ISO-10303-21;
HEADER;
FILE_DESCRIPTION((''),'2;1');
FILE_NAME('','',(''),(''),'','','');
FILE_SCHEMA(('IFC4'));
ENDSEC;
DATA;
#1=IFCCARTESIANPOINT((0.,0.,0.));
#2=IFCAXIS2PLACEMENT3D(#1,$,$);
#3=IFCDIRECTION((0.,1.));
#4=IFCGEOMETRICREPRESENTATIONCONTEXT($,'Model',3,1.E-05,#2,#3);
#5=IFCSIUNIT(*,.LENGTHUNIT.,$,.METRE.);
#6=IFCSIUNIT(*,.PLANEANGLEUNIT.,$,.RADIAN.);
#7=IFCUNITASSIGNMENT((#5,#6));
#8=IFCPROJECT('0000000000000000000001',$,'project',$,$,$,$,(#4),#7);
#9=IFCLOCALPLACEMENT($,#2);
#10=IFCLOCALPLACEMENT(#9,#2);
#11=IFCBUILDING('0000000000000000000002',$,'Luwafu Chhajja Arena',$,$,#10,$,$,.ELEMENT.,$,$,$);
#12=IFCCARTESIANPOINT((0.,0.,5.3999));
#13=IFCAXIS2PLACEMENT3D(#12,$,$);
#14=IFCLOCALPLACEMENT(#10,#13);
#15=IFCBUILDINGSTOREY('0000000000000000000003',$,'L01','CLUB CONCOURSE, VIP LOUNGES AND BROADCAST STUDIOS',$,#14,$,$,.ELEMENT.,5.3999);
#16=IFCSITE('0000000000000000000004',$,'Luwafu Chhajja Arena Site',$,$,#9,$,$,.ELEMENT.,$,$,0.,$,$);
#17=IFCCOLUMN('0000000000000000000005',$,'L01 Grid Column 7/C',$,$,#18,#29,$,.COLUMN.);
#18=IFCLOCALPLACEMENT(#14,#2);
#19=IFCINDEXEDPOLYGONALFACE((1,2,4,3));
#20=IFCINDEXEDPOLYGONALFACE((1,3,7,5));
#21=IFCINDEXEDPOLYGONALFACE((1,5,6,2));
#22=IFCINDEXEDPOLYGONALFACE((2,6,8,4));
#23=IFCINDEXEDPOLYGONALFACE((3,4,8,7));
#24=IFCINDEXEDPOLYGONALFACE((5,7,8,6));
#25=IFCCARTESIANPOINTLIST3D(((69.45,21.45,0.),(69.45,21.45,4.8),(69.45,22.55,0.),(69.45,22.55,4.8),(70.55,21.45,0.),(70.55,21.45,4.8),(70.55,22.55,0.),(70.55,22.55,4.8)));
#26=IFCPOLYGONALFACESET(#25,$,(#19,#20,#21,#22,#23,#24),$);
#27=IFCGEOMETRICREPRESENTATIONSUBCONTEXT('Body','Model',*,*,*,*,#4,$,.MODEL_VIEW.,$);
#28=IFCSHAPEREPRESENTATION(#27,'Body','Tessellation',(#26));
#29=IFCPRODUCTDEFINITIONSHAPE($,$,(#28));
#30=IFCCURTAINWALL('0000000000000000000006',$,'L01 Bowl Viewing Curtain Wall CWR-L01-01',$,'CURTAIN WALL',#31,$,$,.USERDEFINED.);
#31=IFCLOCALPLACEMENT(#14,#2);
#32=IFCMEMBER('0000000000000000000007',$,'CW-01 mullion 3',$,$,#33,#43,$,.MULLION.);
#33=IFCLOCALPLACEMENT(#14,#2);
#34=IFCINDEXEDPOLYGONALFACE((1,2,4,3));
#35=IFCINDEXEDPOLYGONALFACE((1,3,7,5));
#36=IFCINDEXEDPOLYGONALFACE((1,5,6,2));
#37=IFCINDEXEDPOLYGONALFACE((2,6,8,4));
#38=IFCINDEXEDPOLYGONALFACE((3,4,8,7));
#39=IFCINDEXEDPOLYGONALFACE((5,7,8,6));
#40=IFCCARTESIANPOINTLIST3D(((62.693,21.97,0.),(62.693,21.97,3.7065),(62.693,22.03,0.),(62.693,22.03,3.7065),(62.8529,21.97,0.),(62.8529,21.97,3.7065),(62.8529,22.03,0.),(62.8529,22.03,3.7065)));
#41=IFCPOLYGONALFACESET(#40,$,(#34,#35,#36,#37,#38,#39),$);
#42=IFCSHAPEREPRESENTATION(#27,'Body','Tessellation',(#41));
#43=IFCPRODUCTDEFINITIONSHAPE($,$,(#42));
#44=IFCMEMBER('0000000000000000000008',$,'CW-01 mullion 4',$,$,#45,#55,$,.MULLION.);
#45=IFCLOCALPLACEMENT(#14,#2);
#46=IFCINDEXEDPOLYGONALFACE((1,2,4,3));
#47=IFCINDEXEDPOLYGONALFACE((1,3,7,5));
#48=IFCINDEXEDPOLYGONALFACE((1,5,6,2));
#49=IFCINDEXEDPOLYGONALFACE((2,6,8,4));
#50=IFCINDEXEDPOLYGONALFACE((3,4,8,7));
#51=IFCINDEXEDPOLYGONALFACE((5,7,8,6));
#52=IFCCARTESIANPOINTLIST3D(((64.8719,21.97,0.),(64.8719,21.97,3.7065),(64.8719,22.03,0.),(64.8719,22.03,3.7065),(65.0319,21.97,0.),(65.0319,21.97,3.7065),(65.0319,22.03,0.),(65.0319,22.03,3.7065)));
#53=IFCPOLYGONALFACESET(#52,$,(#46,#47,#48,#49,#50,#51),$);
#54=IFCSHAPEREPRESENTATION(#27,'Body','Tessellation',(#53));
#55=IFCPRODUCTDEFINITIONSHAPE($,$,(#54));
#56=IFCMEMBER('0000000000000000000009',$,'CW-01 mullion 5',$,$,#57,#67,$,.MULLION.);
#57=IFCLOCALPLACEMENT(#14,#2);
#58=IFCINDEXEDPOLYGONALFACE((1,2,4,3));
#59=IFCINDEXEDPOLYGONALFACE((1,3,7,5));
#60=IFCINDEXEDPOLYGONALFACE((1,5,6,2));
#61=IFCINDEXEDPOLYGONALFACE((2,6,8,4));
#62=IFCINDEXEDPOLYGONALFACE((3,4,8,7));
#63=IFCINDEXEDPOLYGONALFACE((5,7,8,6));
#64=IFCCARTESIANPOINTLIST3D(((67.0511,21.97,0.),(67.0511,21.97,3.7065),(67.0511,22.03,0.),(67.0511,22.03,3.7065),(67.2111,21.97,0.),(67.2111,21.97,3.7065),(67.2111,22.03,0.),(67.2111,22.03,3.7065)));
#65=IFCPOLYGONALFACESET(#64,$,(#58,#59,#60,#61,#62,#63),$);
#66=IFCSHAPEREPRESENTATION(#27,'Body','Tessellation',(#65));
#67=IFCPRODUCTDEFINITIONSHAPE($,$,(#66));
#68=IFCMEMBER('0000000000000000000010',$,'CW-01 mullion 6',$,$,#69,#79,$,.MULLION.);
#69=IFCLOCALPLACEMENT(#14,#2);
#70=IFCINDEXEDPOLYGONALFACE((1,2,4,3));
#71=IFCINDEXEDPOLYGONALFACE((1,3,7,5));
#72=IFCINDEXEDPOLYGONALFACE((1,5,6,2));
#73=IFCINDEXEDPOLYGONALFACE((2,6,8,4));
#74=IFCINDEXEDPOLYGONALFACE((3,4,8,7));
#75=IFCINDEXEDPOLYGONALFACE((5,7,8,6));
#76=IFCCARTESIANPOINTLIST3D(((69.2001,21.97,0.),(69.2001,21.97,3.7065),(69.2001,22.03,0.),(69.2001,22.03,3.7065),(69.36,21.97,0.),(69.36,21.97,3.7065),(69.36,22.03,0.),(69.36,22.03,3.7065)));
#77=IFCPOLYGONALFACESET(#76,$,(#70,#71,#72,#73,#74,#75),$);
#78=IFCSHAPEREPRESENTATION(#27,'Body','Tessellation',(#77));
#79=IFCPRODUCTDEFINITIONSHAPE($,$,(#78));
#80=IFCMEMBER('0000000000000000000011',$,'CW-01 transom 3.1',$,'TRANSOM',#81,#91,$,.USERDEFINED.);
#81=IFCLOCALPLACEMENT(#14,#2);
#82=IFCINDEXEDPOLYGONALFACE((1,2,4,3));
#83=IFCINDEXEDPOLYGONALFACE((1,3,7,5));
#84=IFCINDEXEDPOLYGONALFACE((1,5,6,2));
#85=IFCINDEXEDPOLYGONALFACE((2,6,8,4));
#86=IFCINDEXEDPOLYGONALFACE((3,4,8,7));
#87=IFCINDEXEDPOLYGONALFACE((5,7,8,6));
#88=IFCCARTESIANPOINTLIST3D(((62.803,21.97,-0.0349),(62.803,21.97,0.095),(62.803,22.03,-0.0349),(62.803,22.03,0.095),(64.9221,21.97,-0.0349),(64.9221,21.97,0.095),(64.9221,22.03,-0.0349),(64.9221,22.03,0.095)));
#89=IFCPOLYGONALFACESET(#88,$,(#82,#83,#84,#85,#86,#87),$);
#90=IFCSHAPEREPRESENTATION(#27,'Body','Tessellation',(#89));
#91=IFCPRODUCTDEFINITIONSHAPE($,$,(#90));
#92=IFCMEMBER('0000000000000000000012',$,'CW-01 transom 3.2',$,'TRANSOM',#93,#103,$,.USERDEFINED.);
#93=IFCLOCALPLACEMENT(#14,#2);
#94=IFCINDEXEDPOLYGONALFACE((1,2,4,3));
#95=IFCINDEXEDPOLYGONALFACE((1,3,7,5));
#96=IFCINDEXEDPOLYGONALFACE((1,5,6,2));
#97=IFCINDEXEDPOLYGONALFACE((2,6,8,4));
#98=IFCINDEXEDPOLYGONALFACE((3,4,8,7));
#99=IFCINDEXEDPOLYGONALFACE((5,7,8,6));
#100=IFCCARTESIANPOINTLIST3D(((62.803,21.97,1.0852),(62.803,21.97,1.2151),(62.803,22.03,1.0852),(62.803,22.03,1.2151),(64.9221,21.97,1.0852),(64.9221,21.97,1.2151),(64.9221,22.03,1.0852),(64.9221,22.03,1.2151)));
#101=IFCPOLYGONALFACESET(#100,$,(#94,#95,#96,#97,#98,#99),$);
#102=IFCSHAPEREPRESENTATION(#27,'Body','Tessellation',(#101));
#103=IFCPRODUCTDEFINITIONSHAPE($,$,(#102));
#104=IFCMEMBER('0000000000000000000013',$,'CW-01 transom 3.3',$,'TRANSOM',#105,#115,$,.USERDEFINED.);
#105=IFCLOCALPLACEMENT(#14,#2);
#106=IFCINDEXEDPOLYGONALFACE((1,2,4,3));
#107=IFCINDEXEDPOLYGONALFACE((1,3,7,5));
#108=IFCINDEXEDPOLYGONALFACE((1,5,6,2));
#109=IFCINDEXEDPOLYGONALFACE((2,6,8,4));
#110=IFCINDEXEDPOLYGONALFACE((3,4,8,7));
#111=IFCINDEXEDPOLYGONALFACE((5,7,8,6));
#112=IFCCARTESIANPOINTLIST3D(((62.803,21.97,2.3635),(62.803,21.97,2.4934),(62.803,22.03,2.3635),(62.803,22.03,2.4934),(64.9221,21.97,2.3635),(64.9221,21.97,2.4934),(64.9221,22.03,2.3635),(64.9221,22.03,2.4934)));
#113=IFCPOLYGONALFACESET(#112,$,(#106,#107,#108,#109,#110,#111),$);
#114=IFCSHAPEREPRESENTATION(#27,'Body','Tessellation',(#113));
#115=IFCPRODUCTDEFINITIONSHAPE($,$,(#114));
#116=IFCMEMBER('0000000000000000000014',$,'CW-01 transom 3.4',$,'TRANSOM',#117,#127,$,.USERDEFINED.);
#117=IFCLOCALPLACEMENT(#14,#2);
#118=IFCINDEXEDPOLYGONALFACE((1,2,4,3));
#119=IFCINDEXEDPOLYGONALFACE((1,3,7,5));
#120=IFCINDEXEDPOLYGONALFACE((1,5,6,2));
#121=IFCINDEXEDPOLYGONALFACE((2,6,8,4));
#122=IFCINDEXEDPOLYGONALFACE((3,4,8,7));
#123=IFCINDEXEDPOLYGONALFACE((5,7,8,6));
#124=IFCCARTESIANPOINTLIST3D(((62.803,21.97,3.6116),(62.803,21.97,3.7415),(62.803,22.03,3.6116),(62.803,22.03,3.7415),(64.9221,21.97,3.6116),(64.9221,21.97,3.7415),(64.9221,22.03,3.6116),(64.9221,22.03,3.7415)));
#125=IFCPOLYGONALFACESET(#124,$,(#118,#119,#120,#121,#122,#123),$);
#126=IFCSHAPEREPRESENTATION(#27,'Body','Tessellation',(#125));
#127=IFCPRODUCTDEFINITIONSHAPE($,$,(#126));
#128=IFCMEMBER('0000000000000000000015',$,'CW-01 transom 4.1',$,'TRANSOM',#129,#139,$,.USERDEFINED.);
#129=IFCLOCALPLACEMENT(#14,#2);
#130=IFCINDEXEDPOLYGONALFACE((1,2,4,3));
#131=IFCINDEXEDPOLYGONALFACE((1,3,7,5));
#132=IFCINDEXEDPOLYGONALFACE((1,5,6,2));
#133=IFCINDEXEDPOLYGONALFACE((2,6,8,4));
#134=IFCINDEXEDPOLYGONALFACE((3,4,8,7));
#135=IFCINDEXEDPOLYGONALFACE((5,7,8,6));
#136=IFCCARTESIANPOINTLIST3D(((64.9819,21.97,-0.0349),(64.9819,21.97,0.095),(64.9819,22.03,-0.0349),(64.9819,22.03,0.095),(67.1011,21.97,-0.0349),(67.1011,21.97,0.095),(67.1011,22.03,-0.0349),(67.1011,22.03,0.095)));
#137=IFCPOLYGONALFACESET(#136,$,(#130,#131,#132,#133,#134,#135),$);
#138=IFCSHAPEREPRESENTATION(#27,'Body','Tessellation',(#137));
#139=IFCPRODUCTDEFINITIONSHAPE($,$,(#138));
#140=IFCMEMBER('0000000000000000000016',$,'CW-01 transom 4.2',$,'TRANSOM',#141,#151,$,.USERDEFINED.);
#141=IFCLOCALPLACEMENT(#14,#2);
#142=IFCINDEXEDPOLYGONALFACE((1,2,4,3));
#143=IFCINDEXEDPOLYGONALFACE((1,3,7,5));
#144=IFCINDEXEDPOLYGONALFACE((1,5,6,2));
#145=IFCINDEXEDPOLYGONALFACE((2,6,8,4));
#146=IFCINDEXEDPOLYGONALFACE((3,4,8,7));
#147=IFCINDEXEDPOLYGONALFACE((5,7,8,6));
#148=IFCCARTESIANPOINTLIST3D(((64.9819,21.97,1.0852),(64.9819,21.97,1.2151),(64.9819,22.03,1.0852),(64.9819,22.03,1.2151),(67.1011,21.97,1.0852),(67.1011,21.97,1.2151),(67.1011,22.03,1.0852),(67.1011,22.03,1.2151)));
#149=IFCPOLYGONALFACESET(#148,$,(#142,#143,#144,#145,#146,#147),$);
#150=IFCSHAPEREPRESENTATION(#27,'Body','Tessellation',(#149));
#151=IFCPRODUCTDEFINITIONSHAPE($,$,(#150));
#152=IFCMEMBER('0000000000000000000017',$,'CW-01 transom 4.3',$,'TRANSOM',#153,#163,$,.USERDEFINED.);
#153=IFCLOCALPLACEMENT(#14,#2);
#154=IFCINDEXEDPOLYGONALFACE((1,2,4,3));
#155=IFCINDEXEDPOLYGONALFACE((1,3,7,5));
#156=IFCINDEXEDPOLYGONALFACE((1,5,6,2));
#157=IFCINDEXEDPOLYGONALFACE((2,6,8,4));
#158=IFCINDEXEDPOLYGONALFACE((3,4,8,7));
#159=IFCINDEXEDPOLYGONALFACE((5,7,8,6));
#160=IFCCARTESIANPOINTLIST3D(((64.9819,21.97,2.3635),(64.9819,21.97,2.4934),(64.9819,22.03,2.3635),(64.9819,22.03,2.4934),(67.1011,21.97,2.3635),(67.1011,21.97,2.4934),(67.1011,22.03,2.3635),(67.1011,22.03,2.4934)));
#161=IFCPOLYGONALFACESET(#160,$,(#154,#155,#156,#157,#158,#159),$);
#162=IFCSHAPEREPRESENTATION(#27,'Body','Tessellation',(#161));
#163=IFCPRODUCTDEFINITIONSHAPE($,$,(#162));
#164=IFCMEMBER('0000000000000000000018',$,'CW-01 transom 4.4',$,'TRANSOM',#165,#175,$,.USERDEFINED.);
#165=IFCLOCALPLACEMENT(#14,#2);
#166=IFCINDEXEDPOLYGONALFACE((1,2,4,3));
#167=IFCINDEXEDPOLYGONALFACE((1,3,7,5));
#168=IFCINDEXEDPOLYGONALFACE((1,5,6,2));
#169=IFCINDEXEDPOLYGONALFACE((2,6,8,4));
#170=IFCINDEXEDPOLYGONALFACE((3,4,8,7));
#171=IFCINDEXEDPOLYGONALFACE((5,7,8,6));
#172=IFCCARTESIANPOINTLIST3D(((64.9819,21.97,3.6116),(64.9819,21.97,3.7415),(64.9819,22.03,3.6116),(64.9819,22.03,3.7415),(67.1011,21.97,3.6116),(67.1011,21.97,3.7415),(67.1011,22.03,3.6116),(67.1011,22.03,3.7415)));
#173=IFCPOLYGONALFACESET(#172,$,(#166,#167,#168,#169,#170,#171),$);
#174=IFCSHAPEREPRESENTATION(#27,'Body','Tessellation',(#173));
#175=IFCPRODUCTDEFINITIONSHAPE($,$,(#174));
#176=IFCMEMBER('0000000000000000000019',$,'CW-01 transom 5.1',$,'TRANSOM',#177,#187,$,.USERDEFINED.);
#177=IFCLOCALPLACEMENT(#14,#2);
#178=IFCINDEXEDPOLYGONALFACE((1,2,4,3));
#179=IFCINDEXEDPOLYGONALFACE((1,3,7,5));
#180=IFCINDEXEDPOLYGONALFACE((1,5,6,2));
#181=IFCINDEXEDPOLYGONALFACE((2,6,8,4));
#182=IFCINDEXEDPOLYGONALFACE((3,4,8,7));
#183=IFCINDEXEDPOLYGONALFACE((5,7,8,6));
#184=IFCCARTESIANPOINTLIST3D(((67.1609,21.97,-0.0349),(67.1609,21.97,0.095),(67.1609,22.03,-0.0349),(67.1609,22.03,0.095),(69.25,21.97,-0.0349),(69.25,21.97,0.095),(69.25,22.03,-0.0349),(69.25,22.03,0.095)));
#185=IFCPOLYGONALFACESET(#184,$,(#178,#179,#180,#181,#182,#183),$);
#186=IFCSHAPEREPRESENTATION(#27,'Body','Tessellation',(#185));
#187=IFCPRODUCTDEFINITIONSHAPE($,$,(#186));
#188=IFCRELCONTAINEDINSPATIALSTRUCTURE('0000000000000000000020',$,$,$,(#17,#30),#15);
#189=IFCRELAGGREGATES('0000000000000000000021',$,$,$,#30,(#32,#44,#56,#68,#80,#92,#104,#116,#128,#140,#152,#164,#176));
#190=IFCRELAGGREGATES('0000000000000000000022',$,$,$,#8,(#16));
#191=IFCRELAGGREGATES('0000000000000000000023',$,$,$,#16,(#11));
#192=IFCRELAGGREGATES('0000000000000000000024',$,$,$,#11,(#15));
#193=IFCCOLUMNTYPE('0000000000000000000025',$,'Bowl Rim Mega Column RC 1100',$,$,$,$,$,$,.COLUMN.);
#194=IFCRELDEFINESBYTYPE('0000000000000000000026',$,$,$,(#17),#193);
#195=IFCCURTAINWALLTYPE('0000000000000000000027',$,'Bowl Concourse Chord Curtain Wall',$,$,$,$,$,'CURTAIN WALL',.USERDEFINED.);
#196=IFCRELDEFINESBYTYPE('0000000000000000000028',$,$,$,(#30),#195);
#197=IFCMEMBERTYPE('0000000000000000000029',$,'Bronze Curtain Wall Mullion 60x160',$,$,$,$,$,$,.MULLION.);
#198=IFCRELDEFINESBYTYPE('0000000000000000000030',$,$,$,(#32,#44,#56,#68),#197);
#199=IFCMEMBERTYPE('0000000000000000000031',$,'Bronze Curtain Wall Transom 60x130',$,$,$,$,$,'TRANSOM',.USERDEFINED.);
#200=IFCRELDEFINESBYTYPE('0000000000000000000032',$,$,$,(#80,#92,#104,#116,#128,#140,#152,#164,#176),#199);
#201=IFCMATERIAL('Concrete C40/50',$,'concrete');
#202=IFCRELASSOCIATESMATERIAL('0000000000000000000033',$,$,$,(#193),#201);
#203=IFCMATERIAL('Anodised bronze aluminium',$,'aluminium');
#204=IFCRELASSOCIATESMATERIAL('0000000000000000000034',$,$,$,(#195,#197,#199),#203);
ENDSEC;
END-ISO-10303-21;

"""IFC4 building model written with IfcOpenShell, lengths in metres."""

from ifc_helpers import new_model, si_unit, direction, frame, origin, origin_2d, place, context, subcontext, project, spatial, rectangle, extrude, material, material_profile, profile_set, type_object, element, aggregate, save


model = new_model("IFC4")

# Units and contexts
model_context = context("Model", 3, precision=1e-05, world=origin(), true_north=direction((0.0, 1.0)))
body_context = subcontext(model_context, "Body", "Model", "MODEL_VIEW")
ifc_project = project(units=[si_unit("LENGTHUNIT", "METRE"), si_unit("PLANEANGLEUNIT", "RADIAN")], contexts=[model_context])

# Site, building, storey
site_placement = place(None, origin())
site = spatial("IfcSite", under=ifc_project, at=site_placement, Name="Luwafu Chhajja Arena Site", CompositionType="ELEMENT", RefElevation=0.0)
building_placement = place(site_placement, origin())
building = spatial("IfcBuilding", under=site, at=building_placement, Name="Luwafu Chhajja Arena", CompositionType="ELEMENT")
storey_placement = place(building_placement, frame((0.0, 0.0, 5.3999)))
storey = spatial("IfcBuildingStorey", under=building, at=storey_placement, Name="L01", Description="CLUB CONCOURSE, VIP LOUNGES AND BROADCAST STUDIOS", CompositionType="ELEMENT", Elevation=5.3999)

# Column
ifc_material_1 = material(Name="Concrete C40/50", Category="concrete")
ifc_material_profile_1 = material_profile(ifc_material_1, rectangle(XDim=1.1001, YDim=1.1001, at=origin_2d()), Name="RC 1100x1100")
ifc_profile_set_1 = profile_set([ifc_material_profile_1], Name="Concrete C40/50")
column_type = type_object("IfcColumnType", Name="Bowl Rim Mega Column RC 1100", PredefinedType="COLUMN", material=ifc_profile_set_1)
column_placement = place(storey_placement, frame((70.0, 22.0, 0.0), z_axis=(0.0, 0.0, 1.0), x_axis=(1.0, 0.0, 0.0)))
element("IfcColumn", 1, at=column_placement, inside=storey, type_object=column_type, Name="L01 Grid Column 7/C", PredefinedType="COLUMN", context=body_context, shape_type="SweptSolid", body=[
    extrude(rectangle(XDim=1.1001, YDim=1.1001, at=origin_2d()), origin(), (0.0, 0.0, 1.0), 4.8),
])

# Curtain wall, members
ifc_material_2 = material(Name="Anodised bronze aluminium", Category="aluminium")
curtain_wall_type = type_object("IfcCurtainWallType", Name="Bowl Concourse Chord Curtain Wall", ElementType="CURTAIN WALL", PredefinedType="USERDEFINED", material=ifc_material_2)
curtain_wall_placement = place(storey_placement, origin())
curtain_wall = element("IfcCurtainWall", 2, at=curtain_wall_placement, inside=storey, type_object=curtain_wall_type, Name="L01 Bowl Viewing Curtain Wall CWR-L01-01", ObjectType="CURTAIN WALL", PredefinedType="USERDEFINED")
ifc_material_profile_2 = material_profile(ifc_material_2, rectangle(XDim=0.0601, YDim=0.1599, at=origin_2d()), Name="CWM 60x160")
ifc_profile_set_2 = profile_set([ifc_material_profile_2], Name="Anodised bronze aluminium")
member_type_1 = type_object("IfcMemberType", Name="Bronze Curtain Wall Mullion 60x160", PredefinedType="MULLION", material=ifc_profile_set_2)
member_1_placement = place(storey_placement, frame((62.7729, 22.0, 0.0), z_axis=(0.0, 0.0, 1.0), x_axis=(0.0, 1.0, 0.0)))
member_1 = element("IfcMember", 3, at=member_1_placement, type_object=member_type_1, Name="CW-01 mullion 3", PredefinedType="MULLION", context=body_context, shape_type="SweptSolid", body=[
    extrude(rectangle(XDim=0.0601, YDim=0.1599, at=origin_2d()), origin(), (0.0, 0.0, 1.0), 3.7065),
])
member_2_placement = place(storey_placement, frame((64.9519, 22.0, 0.0), z_axis=(0.0, 0.0, 1.0), x_axis=(0.0, 1.0, 0.0)))
member_2 = element("IfcMember", 4, at=member_2_placement, type_object=member_type_1, Name="CW-01 mullion 4", PredefinedType="MULLION", context=body_context, shape_type="SweptSolid", body=[
    extrude(rectangle(XDim=0.0601, YDim=0.1599, at=origin_2d()), origin(), (0.0, 0.0, 1.0), 3.7065),
])
member_3_placement = place(storey_placement, frame((67.1311, 22.0, 0.0), z_axis=(0.0, 0.0, 1.0), x_axis=(0.0, 1.0, 0.0)))
member_3 = element("IfcMember", 5, at=member_3_placement, type_object=member_type_1, Name="CW-01 mullion 5", PredefinedType="MULLION", context=body_context, shape_type="SweptSolid", body=[
    extrude(rectangle(XDim=0.0601, YDim=0.1599, at=origin_2d()), origin(), (0.0, 0.0, 1.0), 3.7065),
])
member_4_placement = place(storey_placement, frame((69.28, 22.0, 0.0), z_axis=(0.0, 0.0, 1.0), x_axis=(0.0, 1.0, 0.0)))
member_4 = element("IfcMember", 6, at=member_4_placement, type_object=member_type_1, Name="CW-01 mullion 6", PredefinedType="MULLION", context=body_context, shape_type="SweptSolid", body=[
    extrude(rectangle(XDim=0.0601, YDim=0.1599, at=origin_2d()), origin(), (0.0, 0.0, 1.0), 3.7065),
])
ifc_material_profile_3 = material_profile(ifc_material_2, rectangle(XDim=0.0601, YDim=0.1299, at=origin_2d()), Name="CWT 60x130")
ifc_profile_set_3 = profile_set([ifc_material_profile_3], Name="Anodised bronze aluminium")
member_type_2 = type_object("IfcMemberType", Name="Bronze Curtain Wall Transom 60x130", ElementType="TRANSOM", PredefinedType="USERDEFINED", material=ifc_profile_set_3)
member_5_placement = place(storey_placement, frame((62.803, 22.0, 0.03), z_axis=(1.0, 0.0, 0.0), x_axis=(0.0, 1.0, 0.0)))
member_5 = element("IfcMember", 7, at=member_5_placement, type_object=member_type_2, Name="CW-01 transom 3.1", ObjectType="TRANSOM", PredefinedType="USERDEFINED", context=body_context, shape_type="SweptSolid", body=[
    extrude(rectangle(XDim=0.0601, YDim=0.1299, at=origin_2d()), origin(), (0.0, 0.0, 1.0), 2.1191),
])
member_6_placement = place(storey_placement, frame((62.803, 22.0, 1.1501), z_axis=(1.0, 0.0, 0.0), x_axis=(0.0, 1.0, 0.0)))
member_6 = element("IfcMember", 8, at=member_6_placement, type_object=member_type_2, Name="CW-01 transom 3.2", ObjectType="TRANSOM", PredefinedType="USERDEFINED", context=body_context, shape_type="SweptSolid", body=[
    extrude(rectangle(XDim=0.0601, YDim=0.1299, at=origin_2d()), origin(), (0.0, 0.0, 1.0), 2.1191),
])
member_7_placement = place(storey_placement, frame((62.803, 22.0, 2.4285), z_axis=(1.0, 0.0, 0.0), x_axis=(0.0, 1.0, 0.0)))
member_7 = element("IfcMember", 9, at=member_7_placement, type_object=member_type_2, Name="CW-01 transom 3.3", ObjectType="TRANSOM", PredefinedType="USERDEFINED", context=body_context, shape_type="SweptSolid", body=[
    extrude(rectangle(XDim=0.0601, YDim=0.1299, at=origin_2d()), origin(), (0.0, 0.0, 1.0), 2.1191),
])
member_8_placement = place(storey_placement, frame((62.803, 22.0, 3.6765), z_axis=(1.0, 0.0, 0.0), x_axis=(0.0, 1.0, 0.0)))
member_8 = element("IfcMember", 10, at=member_8_placement, type_object=member_type_2, Name="CW-01 transom 3.4", ObjectType="TRANSOM", PredefinedType="USERDEFINED", context=body_context, shape_type="SweptSolid", body=[
    extrude(rectangle(XDim=0.0601, YDim=0.1299, at=origin_2d()), origin(), (0.0, 0.0, 1.0), 2.1191),
])
member_9_placement = place(storey_placement, frame((64.9819, 22.0, 0.03), z_axis=(1.0, 0.0, 0.0), x_axis=(0.0, 1.0, 0.0)))
member_9 = element("IfcMember", 11, at=member_9_placement, type_object=member_type_2, Name="CW-01 transom 4.1", ObjectType="TRANSOM", PredefinedType="USERDEFINED", context=body_context, shape_type="SweptSolid", body=[
    extrude(rectangle(XDim=0.0601, YDim=0.1299, at=origin_2d()), origin(), (0.0, 0.0, 1.0), 2.1191),
])
member_10_placement = place(storey_placement, frame((64.9819, 22.0, 1.1501), z_axis=(1.0, 0.0, 0.0), x_axis=(0.0, 1.0, 0.0)))
member_10 = element("IfcMember", 12, at=member_10_placement, type_object=member_type_2, Name="CW-01 transom 4.2", ObjectType="TRANSOM", PredefinedType="USERDEFINED", context=body_context, shape_type="SweptSolid", body=[
    extrude(rectangle(XDim=0.0601, YDim=0.1299, at=origin_2d()), origin(), (0.0, 0.0, 1.0), 2.1191),
])
member_11_placement = place(storey_placement, frame((64.9819, 22.0, 2.4285), z_axis=(1.0, 0.0, 0.0), x_axis=(0.0, 1.0, 0.0)))
member_11 = element("IfcMember", 13, at=member_11_placement, type_object=member_type_2, Name="CW-01 transom 4.3", ObjectType="TRANSOM", PredefinedType="USERDEFINED", context=body_context, shape_type="SweptSolid", body=[
    extrude(rectangle(XDim=0.0601, YDim=0.1299, at=origin_2d()), origin(), (0.0, 0.0, 1.0), 2.1191),
])
member_12_placement = place(storey_placement, frame((64.9819, 22.0, 3.6765), z_axis=(1.0, 0.0, 0.0), x_axis=(0.0, 1.0, 0.0)))
member_12 = element("IfcMember", 14, at=member_12_placement, type_object=member_type_2, Name="CW-01 transom 4.4", ObjectType="TRANSOM", PredefinedType="USERDEFINED", context=body_context, shape_type="SweptSolid", body=[
    extrude(rectangle(XDim=0.0601, YDim=0.1299, at=origin_2d()), origin(), (0.0, 0.0, 1.0), 2.1191),
])
member_13_placement = place(storey_placement, frame((67.1609, 22.0, 0.03), z_axis=(1.0, 0.0, 0.0), x_axis=(0.0, 1.0, 0.0)))
member_13 = element("IfcMember", 15, at=member_13_placement, type_object=member_type_2, Name="CW-01 transom 5.1", ObjectType="TRANSOM", PredefinedType="USERDEFINED", context=body_context, shape_type="SweptSolid", body=[
    extrude(rectangle(XDim=0.0601, YDim=0.1299, at=origin_2d()), origin(), (0.0, 0.0, 1.0), 2.0891),
])

aggregate(curtain_wall, [member_1, member_2, member_3, member_4, member_5, member_6, member_7, member_8, member_9, member_10, member_11, member_12, member_13])

save(model, "model.ifc")
